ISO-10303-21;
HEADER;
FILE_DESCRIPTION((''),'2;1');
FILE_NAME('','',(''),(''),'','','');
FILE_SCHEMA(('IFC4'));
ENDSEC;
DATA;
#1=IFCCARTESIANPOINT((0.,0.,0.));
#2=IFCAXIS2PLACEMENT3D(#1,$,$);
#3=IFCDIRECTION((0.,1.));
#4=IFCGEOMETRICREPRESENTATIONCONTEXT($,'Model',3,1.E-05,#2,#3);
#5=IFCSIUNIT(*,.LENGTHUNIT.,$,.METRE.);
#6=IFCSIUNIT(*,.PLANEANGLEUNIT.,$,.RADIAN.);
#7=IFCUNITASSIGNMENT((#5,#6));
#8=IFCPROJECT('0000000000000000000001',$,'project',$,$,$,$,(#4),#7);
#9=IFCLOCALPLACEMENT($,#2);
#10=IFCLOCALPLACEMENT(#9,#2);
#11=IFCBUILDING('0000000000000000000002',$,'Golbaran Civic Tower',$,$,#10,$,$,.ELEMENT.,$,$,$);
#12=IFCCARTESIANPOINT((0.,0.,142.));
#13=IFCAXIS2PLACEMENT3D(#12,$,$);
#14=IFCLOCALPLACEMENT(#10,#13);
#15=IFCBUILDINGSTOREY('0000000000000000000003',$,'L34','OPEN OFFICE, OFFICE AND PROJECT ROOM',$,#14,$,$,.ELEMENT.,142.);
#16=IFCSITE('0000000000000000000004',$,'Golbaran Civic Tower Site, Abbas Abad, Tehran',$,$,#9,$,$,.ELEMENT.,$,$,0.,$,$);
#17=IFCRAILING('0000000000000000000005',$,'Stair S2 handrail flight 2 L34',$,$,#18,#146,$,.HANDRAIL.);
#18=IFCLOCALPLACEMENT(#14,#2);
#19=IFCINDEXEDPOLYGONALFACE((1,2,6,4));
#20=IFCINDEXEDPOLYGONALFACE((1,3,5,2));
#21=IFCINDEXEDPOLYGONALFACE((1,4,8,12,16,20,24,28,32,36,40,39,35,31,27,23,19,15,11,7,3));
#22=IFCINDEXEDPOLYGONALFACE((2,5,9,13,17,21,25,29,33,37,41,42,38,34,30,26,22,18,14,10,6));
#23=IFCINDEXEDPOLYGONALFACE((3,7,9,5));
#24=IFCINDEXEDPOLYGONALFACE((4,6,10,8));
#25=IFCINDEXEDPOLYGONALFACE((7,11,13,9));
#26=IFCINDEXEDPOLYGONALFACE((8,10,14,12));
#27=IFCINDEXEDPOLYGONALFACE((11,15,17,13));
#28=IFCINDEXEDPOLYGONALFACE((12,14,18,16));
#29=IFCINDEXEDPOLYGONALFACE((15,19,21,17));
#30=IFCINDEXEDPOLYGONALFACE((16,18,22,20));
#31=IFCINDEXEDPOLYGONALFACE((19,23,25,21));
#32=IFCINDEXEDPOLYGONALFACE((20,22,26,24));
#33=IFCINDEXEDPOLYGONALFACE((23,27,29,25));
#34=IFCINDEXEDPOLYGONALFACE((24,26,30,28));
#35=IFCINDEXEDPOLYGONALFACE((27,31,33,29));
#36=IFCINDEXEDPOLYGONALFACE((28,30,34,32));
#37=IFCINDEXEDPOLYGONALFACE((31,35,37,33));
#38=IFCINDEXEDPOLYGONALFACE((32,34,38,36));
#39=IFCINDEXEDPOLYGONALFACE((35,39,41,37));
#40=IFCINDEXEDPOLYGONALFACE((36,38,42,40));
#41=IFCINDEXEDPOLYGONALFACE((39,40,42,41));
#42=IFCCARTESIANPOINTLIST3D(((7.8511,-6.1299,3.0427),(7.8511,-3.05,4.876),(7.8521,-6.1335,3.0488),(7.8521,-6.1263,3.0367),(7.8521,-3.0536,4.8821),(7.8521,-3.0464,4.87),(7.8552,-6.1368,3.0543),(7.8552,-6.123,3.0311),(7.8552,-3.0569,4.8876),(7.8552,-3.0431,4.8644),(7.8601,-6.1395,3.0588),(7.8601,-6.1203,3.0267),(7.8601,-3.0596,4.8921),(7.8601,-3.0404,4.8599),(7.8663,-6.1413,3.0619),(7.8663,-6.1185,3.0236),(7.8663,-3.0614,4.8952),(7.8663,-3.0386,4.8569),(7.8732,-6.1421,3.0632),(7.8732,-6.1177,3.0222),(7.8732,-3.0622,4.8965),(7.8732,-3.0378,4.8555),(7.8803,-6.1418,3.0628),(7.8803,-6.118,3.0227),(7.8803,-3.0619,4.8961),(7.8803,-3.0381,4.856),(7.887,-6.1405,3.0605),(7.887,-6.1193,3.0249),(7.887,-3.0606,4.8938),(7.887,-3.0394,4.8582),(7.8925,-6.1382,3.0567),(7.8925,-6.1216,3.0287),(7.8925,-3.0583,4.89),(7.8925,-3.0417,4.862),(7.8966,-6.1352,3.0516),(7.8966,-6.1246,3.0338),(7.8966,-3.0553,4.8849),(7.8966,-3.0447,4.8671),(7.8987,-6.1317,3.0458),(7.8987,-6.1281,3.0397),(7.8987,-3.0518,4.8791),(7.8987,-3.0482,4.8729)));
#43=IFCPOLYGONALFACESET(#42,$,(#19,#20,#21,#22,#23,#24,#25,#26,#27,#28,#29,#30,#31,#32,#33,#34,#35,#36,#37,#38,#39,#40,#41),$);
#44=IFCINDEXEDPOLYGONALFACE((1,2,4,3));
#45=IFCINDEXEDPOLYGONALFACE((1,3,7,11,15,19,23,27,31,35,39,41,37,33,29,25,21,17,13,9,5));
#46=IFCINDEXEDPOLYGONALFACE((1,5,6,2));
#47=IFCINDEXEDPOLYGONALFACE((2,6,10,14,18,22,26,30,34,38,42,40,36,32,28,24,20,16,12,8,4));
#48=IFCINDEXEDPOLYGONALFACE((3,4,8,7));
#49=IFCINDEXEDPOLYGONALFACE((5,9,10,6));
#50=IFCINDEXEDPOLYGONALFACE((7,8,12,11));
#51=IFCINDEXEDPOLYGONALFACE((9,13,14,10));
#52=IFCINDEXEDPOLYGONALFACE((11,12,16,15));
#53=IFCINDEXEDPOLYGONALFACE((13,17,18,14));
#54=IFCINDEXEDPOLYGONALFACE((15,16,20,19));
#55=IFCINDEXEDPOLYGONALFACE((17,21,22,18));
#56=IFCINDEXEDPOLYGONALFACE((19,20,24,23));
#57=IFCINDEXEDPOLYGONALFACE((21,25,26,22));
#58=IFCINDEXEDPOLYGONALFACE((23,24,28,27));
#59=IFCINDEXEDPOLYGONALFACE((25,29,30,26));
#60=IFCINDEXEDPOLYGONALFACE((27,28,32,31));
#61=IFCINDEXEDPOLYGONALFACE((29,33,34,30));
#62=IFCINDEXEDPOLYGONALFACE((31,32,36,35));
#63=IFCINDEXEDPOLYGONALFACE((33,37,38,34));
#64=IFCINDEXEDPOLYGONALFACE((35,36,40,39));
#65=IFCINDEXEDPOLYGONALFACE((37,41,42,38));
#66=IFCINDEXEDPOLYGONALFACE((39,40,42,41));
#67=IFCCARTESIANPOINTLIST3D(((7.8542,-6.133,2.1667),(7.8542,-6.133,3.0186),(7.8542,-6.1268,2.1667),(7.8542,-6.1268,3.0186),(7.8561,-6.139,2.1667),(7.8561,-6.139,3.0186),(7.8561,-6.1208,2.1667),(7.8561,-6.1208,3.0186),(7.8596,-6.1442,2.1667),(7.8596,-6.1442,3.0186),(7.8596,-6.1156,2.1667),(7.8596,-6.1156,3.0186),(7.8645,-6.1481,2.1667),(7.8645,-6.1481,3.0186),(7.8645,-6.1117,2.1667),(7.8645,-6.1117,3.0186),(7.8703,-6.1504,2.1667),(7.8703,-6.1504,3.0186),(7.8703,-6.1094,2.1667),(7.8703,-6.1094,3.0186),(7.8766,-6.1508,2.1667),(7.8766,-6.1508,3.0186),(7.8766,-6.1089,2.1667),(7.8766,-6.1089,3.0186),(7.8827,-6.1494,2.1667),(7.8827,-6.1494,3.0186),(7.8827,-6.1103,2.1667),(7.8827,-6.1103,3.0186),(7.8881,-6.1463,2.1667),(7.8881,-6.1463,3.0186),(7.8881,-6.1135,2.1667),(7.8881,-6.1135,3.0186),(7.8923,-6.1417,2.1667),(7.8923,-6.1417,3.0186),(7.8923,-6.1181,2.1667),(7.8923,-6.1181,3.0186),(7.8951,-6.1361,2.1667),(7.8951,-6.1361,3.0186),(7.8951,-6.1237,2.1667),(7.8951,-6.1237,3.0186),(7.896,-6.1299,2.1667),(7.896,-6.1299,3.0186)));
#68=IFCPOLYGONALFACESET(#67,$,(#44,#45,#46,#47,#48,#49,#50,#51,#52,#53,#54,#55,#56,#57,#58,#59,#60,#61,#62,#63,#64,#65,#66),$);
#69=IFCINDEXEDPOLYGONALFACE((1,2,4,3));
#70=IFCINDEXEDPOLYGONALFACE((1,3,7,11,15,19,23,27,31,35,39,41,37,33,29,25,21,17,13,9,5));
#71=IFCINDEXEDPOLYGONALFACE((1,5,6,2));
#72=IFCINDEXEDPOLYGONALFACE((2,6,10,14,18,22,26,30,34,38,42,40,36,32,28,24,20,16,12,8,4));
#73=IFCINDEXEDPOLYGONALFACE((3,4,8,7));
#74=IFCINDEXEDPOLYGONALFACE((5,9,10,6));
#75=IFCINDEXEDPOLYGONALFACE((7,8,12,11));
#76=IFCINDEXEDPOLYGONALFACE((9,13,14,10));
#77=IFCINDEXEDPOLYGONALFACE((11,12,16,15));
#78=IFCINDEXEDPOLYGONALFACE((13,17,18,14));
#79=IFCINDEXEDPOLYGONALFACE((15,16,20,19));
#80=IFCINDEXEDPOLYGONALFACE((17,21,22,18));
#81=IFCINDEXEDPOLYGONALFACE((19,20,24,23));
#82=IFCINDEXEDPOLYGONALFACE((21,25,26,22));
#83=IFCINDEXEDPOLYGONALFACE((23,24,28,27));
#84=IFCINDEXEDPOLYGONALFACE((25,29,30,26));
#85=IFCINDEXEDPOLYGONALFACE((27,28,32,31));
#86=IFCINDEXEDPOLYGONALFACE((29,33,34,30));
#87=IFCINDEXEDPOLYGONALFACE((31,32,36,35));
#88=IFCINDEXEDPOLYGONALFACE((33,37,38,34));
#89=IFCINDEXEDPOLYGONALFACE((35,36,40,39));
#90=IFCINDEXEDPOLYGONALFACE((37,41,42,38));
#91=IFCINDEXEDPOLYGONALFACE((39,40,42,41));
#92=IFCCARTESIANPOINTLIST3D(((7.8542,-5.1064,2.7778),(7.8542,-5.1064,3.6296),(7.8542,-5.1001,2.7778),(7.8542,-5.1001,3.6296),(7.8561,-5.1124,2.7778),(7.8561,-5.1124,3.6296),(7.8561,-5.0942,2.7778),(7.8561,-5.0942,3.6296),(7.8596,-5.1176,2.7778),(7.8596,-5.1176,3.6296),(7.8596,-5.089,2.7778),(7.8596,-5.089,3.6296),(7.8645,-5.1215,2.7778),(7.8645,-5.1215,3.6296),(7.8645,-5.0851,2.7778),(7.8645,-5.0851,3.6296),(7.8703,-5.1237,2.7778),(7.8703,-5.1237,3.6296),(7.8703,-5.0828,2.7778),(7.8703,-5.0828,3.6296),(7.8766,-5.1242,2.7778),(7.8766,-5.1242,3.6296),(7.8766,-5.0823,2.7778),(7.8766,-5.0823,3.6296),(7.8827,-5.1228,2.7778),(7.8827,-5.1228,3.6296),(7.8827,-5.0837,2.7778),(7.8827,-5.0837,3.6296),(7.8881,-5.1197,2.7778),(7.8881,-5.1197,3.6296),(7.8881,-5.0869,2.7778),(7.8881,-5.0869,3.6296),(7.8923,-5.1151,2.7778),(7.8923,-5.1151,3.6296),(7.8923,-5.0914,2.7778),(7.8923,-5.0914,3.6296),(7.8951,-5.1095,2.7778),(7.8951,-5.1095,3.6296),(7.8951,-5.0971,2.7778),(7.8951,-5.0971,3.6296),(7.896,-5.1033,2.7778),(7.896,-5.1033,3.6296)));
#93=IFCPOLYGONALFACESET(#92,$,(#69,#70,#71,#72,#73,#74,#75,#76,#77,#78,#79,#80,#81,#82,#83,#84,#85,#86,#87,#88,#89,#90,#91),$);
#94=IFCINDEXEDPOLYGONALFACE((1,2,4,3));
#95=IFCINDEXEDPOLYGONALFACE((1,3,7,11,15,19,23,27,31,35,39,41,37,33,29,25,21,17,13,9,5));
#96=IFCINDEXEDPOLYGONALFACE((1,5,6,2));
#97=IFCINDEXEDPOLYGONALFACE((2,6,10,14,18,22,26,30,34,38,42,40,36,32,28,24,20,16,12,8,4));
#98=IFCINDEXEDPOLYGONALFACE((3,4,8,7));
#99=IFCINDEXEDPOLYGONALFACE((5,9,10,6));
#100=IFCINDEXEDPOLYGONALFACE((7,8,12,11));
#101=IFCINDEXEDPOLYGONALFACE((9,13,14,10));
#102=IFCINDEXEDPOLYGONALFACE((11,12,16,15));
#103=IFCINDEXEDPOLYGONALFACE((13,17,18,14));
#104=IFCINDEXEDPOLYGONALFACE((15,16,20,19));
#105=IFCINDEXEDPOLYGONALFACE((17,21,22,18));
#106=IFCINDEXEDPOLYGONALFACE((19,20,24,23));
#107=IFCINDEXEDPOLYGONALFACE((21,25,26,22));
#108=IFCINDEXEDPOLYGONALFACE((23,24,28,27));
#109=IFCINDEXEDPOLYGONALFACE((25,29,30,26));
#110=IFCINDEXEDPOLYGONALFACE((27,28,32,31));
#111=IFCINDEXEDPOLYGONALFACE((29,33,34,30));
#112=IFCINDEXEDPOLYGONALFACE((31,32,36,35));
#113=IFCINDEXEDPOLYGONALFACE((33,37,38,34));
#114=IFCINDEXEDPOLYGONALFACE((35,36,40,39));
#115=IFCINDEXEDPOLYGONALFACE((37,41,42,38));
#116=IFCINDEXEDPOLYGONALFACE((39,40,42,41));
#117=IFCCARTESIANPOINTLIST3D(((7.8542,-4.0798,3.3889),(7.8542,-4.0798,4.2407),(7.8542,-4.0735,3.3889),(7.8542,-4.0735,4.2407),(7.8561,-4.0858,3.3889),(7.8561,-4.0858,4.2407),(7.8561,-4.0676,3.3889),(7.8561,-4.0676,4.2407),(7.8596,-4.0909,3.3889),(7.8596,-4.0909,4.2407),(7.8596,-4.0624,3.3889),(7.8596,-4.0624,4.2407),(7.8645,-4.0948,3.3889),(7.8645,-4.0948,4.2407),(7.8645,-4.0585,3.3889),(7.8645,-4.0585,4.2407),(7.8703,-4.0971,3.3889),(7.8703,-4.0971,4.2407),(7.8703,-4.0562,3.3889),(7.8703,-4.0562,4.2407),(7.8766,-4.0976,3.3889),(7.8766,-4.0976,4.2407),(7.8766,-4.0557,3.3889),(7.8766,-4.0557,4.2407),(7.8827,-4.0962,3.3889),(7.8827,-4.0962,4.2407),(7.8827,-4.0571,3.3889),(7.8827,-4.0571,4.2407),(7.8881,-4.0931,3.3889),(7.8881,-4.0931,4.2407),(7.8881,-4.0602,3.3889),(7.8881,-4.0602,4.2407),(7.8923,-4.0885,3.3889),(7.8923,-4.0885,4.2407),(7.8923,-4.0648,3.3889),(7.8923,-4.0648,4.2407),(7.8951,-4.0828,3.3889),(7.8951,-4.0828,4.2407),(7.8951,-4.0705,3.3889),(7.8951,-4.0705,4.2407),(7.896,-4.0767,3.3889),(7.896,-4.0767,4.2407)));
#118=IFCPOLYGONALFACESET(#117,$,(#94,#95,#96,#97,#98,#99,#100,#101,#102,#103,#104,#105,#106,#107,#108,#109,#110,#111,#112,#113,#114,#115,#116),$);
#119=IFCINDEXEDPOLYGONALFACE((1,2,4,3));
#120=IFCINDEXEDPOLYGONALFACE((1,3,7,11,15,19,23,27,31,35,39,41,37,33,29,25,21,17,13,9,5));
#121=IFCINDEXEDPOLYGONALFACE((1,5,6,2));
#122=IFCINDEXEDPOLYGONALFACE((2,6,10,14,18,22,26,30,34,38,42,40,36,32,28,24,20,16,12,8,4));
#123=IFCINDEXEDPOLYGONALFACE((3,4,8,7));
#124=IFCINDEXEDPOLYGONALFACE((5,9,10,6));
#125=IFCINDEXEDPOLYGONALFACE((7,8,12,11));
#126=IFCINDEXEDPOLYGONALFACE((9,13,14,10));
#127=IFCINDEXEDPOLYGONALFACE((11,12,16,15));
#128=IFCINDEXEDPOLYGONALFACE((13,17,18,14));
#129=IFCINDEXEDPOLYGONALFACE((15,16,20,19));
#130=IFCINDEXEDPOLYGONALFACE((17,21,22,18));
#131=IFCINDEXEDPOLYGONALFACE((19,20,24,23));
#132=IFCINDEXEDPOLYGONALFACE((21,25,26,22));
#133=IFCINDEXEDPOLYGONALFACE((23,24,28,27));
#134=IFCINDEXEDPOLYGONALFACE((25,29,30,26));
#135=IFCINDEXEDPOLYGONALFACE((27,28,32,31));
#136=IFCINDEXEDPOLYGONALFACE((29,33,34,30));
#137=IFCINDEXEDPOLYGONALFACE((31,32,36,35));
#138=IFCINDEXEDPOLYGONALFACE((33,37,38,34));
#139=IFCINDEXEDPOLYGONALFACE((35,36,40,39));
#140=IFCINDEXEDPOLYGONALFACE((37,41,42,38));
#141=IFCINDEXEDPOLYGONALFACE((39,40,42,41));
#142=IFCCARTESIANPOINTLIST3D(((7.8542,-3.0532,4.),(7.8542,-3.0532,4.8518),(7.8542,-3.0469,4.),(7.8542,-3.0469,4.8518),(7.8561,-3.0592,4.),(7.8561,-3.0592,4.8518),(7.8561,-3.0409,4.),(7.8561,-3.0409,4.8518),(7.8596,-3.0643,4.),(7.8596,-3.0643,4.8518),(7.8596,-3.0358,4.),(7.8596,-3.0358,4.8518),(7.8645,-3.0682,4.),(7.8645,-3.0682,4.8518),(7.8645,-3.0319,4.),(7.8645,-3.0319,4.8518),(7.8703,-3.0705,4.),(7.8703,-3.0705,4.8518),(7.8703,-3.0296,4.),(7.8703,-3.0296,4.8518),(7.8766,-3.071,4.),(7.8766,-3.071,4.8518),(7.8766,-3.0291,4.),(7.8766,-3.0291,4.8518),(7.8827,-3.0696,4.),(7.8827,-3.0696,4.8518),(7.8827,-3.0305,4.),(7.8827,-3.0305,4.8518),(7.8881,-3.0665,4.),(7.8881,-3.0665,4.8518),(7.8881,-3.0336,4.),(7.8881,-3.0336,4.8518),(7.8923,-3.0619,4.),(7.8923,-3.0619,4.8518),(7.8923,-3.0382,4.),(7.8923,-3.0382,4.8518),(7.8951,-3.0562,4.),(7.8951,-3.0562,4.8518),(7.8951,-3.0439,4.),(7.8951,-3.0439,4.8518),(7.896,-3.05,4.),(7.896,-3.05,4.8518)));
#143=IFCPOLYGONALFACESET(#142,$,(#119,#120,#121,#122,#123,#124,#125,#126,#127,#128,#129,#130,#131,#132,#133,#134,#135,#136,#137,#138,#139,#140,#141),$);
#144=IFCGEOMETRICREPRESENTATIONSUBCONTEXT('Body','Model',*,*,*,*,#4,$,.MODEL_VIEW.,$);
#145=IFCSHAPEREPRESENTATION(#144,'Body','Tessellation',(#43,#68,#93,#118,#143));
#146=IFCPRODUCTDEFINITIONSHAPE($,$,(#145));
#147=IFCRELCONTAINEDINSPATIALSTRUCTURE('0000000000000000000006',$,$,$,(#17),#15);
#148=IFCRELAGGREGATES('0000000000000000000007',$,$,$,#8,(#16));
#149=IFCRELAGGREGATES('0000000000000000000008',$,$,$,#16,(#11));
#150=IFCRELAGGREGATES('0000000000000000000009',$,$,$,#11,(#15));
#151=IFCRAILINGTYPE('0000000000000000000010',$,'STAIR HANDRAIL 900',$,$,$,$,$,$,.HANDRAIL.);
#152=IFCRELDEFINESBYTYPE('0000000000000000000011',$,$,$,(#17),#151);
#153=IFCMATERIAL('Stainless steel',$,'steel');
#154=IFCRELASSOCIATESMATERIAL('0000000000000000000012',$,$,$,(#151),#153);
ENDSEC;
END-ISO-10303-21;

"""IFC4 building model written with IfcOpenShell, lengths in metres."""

from ifc_helpers import new_model, si_unit, direction, frame, origin, origin_2d, place, context, subcontext, project, spatial, circle, extrude, material, type_object, element, save


model = new_model("IFC4")

# Units and contexts
model_context = context("Model", 3, precision=1e-05, world=origin(), true_north=direction((0.0, 1.0)))
body_context = subcontext(model_context, "Body", "Model", "MODEL_VIEW")
ifc_project = project(units=[si_unit("LENGTHUNIT", "METRE"), si_unit("PLANEANGLEUNIT", "RADIAN")], contexts=[model_context])

# Site, building, storey
site_placement = place(None, origin())
site = spatial("IfcSite", under=ifc_project, at=site_placement, Name="Golbaran Civic Tower Site, Abbas Abad, Tehran", CompositionType="ELEMENT", RefElevation=0.0)
building_placement = place(site_placement, origin())
building = spatial("IfcBuilding", under=site, at=building_placement, Name="Golbaran Civic Tower", CompositionType="ELEMENT")
storey_placement = place(building_placement, frame((0.0, 0.0, 142.0)))
storey = spatial("IfcBuildingStorey", under=building, at=storey_placement, Name="L34", Description="OPEN OFFICE, OFFICE AND PROJECT ROOM", CompositionType="ELEMENT", Elevation=142.0)

# Shared definitions
ifc_material_1 = material(Name="Stainless steel", Category="steel")

# Railing
railing_type = type_object("IfcRailingType", Name="STAIR HANDRAIL 900", PredefinedType="HANDRAIL", material=ifc_material_1)
railing_1_placement = place(storey_placement, frame((7.875, -6.1299, 2.1667)))
element("IfcRailing", 1, at=railing_1_placement, inside=storey, type_object=railing_type, Name="Stair S2 handrail flight 2 L34", PredefinedType="HANDRAIL", context=body_context, shape_type="SweptSolid", body=[
    extrude(circle(Radius=0.0239, at=origin_2d()), frame((0.0, 0.0, 0.876), z_axis=(0.0, 0.859291, 0.511487), x_axis=(-1.0, 0.0, 0.0)), (0.0, 0.0, 1.0), 3.5842),
    extrude(circle(Radius=0.021, at=origin_2d()), origin(), (0.0, 0.0, 1.0), 0.8518),
    extrude(circle(Radius=0.021, at=origin_2d()), frame((0.0, 1.0266, 0.6111)), (0.0, 0.0, 1.0), 0.8518),
    extrude(circle(Radius=0.021, at=origin_2d()), frame((0.0, 2.0532, 1.2222)), (0.0, 0.0, 1.0), 0.8518),
    extrude(circle(Radius=0.021, at=origin_2d()), frame((0.0, 3.0798, 1.8333)), (0.0, 0.0, 1.0), 0.8518),
])

save(model, "model.ifc")
